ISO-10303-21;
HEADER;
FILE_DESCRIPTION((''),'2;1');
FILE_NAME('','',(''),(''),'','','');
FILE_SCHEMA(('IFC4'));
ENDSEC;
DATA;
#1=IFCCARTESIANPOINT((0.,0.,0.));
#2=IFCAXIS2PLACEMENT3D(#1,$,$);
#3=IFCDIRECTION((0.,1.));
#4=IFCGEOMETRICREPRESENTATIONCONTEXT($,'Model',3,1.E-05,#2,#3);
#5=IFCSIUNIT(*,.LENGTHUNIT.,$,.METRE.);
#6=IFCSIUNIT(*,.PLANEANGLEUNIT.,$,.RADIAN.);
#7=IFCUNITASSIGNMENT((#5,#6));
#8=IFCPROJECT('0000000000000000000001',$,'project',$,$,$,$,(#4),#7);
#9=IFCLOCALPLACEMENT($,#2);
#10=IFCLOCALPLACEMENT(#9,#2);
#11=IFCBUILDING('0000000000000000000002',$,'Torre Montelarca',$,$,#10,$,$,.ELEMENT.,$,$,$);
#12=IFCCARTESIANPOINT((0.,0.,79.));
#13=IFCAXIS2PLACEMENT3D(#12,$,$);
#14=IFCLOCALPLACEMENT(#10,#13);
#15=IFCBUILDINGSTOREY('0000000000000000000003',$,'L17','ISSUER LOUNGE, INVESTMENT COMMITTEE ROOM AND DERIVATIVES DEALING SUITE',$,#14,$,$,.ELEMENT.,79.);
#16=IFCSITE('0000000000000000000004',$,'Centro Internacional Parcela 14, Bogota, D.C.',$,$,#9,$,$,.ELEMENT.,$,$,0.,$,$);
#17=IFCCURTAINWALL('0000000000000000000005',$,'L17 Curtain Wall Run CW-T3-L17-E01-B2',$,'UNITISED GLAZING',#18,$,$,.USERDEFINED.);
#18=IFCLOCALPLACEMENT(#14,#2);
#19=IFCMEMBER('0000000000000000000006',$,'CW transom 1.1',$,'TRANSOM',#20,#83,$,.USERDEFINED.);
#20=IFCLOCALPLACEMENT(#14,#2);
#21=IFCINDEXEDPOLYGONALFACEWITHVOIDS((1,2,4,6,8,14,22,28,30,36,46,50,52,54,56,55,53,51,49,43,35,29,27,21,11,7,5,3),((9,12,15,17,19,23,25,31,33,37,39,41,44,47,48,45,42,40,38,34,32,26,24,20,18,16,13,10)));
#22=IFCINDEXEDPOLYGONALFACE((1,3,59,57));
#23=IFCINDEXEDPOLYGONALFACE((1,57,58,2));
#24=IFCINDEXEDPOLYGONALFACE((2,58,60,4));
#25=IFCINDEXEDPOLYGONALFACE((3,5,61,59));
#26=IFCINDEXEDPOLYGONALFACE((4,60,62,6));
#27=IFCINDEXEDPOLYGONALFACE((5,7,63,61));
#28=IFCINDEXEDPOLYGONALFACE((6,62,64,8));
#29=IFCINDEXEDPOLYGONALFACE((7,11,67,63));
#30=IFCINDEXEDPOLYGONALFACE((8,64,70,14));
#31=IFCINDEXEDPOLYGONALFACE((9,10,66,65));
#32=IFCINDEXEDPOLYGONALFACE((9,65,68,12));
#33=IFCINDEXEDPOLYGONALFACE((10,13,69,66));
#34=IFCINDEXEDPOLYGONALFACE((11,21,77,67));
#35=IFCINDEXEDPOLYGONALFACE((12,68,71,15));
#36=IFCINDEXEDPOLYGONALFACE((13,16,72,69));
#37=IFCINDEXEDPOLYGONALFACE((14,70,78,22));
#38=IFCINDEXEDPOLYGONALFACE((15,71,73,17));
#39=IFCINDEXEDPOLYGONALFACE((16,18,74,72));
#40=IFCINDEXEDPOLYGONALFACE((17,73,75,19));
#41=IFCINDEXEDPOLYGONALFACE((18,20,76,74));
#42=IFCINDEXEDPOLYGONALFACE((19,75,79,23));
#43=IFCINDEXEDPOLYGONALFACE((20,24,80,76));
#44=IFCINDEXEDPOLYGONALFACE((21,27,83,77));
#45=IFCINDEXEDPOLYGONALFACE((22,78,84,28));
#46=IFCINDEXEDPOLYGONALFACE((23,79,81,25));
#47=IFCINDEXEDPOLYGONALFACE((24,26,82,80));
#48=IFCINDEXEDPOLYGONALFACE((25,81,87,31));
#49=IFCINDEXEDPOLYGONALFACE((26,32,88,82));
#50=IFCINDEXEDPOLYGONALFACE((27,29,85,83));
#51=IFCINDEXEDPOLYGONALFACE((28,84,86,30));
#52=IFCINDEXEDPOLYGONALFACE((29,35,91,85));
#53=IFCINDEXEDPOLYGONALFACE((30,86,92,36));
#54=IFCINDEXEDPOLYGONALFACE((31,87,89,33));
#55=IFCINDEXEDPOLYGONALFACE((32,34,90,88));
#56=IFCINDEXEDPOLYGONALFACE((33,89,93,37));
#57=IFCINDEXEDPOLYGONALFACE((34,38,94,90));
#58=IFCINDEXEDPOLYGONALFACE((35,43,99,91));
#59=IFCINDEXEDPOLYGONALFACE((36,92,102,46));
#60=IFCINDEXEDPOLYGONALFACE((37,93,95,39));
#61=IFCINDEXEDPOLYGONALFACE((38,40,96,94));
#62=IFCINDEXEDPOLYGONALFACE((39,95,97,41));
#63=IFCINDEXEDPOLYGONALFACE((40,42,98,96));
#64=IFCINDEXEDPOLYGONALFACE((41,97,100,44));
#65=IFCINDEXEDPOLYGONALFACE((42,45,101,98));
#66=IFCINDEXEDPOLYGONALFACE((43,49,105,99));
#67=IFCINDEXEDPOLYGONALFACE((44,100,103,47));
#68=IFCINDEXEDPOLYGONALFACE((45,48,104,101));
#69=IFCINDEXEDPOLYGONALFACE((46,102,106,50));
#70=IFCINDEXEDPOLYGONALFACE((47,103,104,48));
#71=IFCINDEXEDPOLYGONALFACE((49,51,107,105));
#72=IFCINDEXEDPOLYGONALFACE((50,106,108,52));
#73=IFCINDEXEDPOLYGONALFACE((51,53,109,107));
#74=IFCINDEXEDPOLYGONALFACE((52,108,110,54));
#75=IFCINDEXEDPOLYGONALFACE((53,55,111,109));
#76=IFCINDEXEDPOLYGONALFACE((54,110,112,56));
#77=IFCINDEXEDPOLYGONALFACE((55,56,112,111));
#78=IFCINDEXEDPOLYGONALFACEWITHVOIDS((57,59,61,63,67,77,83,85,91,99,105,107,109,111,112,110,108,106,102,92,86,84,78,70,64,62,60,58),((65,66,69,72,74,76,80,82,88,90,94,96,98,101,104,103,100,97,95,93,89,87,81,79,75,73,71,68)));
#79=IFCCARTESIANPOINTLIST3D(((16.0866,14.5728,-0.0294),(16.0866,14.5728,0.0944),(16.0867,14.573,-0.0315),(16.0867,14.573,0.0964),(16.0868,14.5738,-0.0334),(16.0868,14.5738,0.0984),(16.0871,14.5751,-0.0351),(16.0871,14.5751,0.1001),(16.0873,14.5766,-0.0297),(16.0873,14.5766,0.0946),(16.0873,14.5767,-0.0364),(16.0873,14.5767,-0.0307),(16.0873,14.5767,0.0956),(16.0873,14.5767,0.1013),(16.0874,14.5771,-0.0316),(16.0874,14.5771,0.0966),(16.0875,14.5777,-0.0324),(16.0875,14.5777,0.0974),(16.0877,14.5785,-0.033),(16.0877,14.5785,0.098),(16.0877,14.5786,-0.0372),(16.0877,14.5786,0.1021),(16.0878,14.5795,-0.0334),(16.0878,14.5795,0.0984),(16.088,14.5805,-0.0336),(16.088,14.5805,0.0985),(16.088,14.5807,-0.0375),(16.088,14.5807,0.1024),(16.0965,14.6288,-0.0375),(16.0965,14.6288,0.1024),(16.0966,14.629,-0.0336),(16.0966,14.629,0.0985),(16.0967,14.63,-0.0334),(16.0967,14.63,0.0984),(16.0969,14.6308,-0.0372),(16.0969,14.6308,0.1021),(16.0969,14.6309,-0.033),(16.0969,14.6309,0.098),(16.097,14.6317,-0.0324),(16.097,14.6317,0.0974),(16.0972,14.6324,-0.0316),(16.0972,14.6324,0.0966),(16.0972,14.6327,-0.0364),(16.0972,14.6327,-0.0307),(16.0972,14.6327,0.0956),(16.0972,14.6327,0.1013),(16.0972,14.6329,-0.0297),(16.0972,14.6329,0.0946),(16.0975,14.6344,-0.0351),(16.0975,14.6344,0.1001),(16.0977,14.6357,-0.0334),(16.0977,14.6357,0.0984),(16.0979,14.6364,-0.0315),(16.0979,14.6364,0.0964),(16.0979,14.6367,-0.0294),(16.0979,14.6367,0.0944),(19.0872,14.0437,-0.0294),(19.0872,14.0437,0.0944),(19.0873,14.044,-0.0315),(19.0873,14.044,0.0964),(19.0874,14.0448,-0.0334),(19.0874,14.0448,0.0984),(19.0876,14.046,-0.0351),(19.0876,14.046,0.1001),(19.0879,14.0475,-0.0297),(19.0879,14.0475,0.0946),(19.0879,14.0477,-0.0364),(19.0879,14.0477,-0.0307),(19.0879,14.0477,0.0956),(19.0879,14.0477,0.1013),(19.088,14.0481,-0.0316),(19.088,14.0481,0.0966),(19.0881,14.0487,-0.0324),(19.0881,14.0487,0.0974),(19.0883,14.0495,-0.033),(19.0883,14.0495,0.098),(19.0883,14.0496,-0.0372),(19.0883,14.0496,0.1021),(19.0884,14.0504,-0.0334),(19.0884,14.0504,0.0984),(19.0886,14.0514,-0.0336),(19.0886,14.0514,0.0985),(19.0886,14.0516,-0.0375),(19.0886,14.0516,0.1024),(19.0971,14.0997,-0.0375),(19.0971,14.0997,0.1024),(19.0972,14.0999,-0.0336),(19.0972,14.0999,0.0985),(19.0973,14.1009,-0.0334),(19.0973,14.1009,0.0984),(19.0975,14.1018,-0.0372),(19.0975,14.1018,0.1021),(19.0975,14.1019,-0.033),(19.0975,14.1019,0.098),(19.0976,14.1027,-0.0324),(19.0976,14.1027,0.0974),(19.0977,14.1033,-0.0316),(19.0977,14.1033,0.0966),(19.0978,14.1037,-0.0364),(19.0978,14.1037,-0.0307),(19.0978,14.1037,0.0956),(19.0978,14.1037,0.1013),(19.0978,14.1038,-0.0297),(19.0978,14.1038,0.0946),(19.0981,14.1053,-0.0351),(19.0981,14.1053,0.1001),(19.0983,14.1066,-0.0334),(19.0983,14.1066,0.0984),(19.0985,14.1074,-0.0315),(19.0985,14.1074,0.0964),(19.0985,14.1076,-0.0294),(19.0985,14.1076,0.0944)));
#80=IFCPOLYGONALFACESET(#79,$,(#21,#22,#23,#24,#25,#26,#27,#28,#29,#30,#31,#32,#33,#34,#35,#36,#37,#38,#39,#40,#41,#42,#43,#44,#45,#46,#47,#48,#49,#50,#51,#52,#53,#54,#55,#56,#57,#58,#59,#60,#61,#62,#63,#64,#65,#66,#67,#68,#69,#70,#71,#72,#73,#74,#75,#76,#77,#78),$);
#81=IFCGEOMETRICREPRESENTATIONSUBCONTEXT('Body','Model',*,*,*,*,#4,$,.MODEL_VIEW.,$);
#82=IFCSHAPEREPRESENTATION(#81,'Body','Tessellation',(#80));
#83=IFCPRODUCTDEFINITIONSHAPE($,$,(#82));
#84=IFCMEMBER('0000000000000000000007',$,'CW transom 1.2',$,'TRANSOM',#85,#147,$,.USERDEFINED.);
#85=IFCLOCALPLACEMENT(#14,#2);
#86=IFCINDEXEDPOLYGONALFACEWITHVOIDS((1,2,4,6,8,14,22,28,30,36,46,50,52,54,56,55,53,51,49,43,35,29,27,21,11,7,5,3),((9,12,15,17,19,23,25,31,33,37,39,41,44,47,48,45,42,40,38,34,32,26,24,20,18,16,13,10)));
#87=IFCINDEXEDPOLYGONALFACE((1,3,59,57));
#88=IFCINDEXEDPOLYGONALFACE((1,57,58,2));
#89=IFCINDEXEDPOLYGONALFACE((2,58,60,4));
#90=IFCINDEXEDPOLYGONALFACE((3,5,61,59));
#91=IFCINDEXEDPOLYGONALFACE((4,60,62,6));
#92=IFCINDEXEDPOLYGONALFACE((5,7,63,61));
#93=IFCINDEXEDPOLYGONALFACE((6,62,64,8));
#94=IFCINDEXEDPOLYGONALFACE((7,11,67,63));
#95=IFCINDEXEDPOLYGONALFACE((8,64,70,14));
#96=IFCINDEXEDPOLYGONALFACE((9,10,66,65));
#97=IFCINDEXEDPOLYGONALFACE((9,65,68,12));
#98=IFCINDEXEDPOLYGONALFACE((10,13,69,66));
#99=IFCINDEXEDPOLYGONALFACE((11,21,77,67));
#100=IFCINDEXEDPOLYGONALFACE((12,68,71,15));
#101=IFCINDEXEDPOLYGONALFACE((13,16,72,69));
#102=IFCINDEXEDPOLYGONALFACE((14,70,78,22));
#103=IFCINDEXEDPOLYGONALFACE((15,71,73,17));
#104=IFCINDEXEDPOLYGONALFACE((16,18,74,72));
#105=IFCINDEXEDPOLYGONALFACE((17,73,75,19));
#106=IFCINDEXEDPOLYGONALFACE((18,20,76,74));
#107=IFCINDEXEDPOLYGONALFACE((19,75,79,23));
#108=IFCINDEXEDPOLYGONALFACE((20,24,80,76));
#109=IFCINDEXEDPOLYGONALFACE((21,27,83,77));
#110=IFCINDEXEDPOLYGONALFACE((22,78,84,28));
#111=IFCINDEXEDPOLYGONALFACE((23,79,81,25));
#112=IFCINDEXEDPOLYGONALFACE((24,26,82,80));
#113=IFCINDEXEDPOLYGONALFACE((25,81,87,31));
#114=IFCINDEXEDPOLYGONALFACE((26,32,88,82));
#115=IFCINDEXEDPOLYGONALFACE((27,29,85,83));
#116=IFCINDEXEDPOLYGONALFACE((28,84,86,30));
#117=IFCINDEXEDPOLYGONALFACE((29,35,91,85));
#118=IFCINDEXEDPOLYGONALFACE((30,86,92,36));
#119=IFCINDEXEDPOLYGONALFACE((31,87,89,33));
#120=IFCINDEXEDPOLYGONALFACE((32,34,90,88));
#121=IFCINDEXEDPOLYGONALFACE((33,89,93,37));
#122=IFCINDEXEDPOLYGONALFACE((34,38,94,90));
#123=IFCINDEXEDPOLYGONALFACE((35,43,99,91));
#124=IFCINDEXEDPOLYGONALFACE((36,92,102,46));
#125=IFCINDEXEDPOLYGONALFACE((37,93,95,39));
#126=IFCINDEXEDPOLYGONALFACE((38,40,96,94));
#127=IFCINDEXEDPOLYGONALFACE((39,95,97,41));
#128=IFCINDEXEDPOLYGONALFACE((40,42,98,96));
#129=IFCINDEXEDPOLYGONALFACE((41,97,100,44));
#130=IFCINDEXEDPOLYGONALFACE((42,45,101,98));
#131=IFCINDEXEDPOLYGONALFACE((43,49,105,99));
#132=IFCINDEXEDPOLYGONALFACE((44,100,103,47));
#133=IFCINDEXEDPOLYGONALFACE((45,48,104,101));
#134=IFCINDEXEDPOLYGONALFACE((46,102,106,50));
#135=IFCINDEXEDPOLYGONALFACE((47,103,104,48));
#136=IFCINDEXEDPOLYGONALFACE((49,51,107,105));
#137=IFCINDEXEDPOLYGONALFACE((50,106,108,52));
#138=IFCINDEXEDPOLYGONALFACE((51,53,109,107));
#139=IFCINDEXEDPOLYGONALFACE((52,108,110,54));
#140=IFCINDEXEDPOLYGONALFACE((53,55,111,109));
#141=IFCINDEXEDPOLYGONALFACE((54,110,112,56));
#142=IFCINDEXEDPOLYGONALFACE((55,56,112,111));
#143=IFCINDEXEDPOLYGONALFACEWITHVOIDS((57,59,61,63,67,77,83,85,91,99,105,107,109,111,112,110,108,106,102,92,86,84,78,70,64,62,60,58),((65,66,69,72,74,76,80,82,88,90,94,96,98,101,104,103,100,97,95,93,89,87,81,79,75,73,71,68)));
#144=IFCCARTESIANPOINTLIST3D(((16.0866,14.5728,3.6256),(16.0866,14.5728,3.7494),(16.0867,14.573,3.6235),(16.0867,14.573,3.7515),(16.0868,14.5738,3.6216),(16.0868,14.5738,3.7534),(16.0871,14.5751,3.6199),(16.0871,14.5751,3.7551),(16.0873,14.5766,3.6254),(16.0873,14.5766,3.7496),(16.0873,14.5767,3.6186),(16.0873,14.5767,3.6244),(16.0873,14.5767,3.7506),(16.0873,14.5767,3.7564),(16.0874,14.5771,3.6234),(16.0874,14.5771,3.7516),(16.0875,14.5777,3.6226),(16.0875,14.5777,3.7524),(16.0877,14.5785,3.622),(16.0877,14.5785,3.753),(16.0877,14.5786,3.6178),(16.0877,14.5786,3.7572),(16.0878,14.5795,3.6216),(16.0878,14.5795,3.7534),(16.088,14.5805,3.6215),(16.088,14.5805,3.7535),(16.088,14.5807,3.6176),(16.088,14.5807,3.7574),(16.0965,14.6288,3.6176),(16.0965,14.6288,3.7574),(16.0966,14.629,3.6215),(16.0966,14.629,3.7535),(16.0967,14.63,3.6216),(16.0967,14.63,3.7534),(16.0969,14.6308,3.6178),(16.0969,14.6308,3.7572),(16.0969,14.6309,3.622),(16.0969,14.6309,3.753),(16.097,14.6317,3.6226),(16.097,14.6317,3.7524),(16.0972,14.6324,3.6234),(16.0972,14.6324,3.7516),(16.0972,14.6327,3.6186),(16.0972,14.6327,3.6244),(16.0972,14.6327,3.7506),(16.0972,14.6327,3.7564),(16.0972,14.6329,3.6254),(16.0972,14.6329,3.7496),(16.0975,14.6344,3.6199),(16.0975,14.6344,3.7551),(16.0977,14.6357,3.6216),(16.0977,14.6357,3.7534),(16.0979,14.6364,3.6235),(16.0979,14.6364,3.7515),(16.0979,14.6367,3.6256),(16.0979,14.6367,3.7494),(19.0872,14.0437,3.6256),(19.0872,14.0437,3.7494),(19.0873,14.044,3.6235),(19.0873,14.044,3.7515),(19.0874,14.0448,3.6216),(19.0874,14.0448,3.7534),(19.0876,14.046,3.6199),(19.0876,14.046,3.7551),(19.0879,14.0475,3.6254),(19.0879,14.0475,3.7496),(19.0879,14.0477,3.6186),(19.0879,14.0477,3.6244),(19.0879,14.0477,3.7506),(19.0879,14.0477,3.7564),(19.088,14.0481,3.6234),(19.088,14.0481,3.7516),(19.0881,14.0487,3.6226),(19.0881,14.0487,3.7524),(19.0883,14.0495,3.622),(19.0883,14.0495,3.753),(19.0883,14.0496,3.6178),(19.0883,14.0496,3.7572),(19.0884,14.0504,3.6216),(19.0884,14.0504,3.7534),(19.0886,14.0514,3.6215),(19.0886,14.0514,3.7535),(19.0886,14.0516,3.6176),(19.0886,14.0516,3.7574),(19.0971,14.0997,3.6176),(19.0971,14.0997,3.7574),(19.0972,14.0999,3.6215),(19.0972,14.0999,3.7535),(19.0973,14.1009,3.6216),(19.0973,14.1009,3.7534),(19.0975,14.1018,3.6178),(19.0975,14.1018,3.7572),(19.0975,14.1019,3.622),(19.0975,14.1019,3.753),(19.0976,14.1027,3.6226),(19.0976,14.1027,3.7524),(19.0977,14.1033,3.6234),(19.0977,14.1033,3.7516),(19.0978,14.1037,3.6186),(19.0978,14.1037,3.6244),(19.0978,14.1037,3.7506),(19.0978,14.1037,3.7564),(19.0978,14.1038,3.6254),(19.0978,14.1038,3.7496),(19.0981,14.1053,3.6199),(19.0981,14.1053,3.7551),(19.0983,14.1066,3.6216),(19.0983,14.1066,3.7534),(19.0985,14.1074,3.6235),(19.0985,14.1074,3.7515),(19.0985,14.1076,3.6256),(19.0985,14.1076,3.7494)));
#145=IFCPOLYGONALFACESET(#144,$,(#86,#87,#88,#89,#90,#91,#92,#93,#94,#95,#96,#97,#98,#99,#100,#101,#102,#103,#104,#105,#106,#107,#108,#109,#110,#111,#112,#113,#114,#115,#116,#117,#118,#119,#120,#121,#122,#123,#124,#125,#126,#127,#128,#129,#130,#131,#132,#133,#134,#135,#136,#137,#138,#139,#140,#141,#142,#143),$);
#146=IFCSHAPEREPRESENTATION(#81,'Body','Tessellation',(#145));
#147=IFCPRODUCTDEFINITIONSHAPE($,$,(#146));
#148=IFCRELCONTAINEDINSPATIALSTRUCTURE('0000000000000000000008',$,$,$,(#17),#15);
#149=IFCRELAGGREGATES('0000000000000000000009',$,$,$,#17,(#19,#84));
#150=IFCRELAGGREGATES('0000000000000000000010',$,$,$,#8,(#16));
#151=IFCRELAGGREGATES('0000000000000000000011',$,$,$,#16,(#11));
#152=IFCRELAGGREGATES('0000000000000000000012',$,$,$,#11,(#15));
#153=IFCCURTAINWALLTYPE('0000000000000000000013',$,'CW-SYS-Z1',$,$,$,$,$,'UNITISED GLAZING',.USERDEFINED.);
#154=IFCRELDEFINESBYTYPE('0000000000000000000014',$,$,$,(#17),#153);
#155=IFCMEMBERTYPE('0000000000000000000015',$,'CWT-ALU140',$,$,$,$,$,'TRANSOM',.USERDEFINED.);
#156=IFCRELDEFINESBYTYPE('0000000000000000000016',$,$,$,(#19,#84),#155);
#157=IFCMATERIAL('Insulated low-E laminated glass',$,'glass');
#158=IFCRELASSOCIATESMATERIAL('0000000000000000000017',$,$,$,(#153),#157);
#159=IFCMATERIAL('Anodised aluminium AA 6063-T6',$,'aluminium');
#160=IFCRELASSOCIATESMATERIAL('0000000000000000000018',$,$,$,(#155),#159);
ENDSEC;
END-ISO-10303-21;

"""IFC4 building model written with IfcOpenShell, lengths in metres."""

from ifc_helpers import new_model, si_unit, direction, frame, origin, origin_2d, place, context, subcontext, project, spatial, hollow_rectangle, extrude, source, transform, mapped, material, material_profile, profile_set, type_object, element, aggregate, save


model = new_model("IFC4")

# Units and contexts
model_context = context("Model", 3, precision=1e-05, world=origin(), true_north=direction((0.0, 1.0)))
body_context = subcontext(model_context, "Body", "Model", "MODEL_VIEW")
ifc_project = project(units=[si_unit("LENGTHUNIT", "METRE"), si_unit("PLANEANGLEUNIT", "RADIAN")], contexts=[model_context])

# Site, building, storey
site_placement = place(None, origin())
site = spatial("IfcSite", under=ifc_project, at=site_placement, Name="Centro Internacional Parcela 14, Bogota, D.C.", CompositionType="ELEMENT", RefElevation=0.0)
building_placement = place(site_placement, origin())
building = spatial("IfcBuilding", under=site, at=building_placement, Name="Torre Montelarca", CompositionType="ELEMENT")
storey_placement = place(building_placement, frame((0.0, 0.0, 79.0)))
storey = spatial("IfcBuildingStorey", under=building, at=storey_placement, Name="L17", Description="ISSUER LOUNGE, INVESTMENT COMMITTEE ROOM AND DERIVATIVES DEALING SUITE", CompositionType="ELEMENT", Elevation=79.0)

# Curtain wall, members
ifc_material_1 = material(Name="Insulated low-E laminated glass", Category="glass")
curtain_wall_type = type_object("IfcCurtainWallType", Name="CW-SYS-Z1", ElementType="UNITISED GLAZING", PredefinedType="USERDEFINED", material=ifc_material_1)
ifc_material_2 = material(Name="Anodised aluminium AA 6063-T6", Category="aluminium")
ifc_material_profile_1 = material_profile(ifc_material_2, hollow_rectangle(XDim=0.0649, YDim=0.1399, WallThickness=0.0039, InnerFilletRadius=0.0039, OuterFilletRadius=0.0081, at=origin_2d()), Name="ALU65X140X4", Category="aluminium")
ifc_profile_set_1 = profile_set([ifc_material_profile_1], Name="Anodised aluminium AA 6063-T6")
member_type_1 = type_object("IfcMemberType", Name="CWT-ALU140", ElementType="TRANSOM", PredefinedType="USERDEFINED", material=ifc_profile_set_1)
curtain_wall_1_placement = place(storey_placement, origin())
curtain_wall_1 = element("IfcCurtainWall", 1, at=curtain_wall_1_placement, inside=storey, type_object=curtain_wall_type, Name="L17 Curtain Wall Run CW-T3-L17-E01-B2", ObjectType="UNITISED GLAZING", PredefinedType="USERDEFINED")
shared_shape_1 = source(origin(), body_context, "Body", "SweptSolid", [
    extrude(hollow_rectangle(XDim=0.0649, YDim=0.1399, WallThickness=0.0039, InnerFilletRadius=0.0039, OuterFilletRadius=0.0081, at=origin_2d()), origin(), (0.0, 0.0, 1.0), 3.0469),
])
member_1_placement = place(storey_placement, frame((16.0923, 14.6047, 0.0325), z_axis=(0.984809, -0.173644, 0.0), x_axis=(0.173644, 0.984809, 0.0)))
member_1 = element("IfcMember", 2, at=member_1_placement, type_object=member_type_1, Name="CW transom 1.1", ObjectType="TRANSOM", PredefinedType="USERDEFINED", context=body_context, shape_type="MappedRepresentation", body=[
    mapped(shared_shape_1, transform((0.0, 0.0, 0.0), scale=1.0)),
])
member_2_placement = place(storey_placement, frame((16.0923, 14.6047, 3.6875), z_axis=(0.984809, -0.173644, 0.0), x_axis=(0.173644, 0.984809, 0.0)))
member_2 = element("IfcMember", 3, at=member_2_placement, type_object=member_type_1, Name="CW transom 1.2", ObjectType="TRANSOM", PredefinedType="USERDEFINED", context=body_context, shape_type="MappedRepresentation", body=[
    mapped(shared_shape_1, transform((0.0, 0.0, 0.0), scale=1.0)),
])

aggregate(curtain_wall_1, [member_1, member_2])

save(model, "model.ifc")
